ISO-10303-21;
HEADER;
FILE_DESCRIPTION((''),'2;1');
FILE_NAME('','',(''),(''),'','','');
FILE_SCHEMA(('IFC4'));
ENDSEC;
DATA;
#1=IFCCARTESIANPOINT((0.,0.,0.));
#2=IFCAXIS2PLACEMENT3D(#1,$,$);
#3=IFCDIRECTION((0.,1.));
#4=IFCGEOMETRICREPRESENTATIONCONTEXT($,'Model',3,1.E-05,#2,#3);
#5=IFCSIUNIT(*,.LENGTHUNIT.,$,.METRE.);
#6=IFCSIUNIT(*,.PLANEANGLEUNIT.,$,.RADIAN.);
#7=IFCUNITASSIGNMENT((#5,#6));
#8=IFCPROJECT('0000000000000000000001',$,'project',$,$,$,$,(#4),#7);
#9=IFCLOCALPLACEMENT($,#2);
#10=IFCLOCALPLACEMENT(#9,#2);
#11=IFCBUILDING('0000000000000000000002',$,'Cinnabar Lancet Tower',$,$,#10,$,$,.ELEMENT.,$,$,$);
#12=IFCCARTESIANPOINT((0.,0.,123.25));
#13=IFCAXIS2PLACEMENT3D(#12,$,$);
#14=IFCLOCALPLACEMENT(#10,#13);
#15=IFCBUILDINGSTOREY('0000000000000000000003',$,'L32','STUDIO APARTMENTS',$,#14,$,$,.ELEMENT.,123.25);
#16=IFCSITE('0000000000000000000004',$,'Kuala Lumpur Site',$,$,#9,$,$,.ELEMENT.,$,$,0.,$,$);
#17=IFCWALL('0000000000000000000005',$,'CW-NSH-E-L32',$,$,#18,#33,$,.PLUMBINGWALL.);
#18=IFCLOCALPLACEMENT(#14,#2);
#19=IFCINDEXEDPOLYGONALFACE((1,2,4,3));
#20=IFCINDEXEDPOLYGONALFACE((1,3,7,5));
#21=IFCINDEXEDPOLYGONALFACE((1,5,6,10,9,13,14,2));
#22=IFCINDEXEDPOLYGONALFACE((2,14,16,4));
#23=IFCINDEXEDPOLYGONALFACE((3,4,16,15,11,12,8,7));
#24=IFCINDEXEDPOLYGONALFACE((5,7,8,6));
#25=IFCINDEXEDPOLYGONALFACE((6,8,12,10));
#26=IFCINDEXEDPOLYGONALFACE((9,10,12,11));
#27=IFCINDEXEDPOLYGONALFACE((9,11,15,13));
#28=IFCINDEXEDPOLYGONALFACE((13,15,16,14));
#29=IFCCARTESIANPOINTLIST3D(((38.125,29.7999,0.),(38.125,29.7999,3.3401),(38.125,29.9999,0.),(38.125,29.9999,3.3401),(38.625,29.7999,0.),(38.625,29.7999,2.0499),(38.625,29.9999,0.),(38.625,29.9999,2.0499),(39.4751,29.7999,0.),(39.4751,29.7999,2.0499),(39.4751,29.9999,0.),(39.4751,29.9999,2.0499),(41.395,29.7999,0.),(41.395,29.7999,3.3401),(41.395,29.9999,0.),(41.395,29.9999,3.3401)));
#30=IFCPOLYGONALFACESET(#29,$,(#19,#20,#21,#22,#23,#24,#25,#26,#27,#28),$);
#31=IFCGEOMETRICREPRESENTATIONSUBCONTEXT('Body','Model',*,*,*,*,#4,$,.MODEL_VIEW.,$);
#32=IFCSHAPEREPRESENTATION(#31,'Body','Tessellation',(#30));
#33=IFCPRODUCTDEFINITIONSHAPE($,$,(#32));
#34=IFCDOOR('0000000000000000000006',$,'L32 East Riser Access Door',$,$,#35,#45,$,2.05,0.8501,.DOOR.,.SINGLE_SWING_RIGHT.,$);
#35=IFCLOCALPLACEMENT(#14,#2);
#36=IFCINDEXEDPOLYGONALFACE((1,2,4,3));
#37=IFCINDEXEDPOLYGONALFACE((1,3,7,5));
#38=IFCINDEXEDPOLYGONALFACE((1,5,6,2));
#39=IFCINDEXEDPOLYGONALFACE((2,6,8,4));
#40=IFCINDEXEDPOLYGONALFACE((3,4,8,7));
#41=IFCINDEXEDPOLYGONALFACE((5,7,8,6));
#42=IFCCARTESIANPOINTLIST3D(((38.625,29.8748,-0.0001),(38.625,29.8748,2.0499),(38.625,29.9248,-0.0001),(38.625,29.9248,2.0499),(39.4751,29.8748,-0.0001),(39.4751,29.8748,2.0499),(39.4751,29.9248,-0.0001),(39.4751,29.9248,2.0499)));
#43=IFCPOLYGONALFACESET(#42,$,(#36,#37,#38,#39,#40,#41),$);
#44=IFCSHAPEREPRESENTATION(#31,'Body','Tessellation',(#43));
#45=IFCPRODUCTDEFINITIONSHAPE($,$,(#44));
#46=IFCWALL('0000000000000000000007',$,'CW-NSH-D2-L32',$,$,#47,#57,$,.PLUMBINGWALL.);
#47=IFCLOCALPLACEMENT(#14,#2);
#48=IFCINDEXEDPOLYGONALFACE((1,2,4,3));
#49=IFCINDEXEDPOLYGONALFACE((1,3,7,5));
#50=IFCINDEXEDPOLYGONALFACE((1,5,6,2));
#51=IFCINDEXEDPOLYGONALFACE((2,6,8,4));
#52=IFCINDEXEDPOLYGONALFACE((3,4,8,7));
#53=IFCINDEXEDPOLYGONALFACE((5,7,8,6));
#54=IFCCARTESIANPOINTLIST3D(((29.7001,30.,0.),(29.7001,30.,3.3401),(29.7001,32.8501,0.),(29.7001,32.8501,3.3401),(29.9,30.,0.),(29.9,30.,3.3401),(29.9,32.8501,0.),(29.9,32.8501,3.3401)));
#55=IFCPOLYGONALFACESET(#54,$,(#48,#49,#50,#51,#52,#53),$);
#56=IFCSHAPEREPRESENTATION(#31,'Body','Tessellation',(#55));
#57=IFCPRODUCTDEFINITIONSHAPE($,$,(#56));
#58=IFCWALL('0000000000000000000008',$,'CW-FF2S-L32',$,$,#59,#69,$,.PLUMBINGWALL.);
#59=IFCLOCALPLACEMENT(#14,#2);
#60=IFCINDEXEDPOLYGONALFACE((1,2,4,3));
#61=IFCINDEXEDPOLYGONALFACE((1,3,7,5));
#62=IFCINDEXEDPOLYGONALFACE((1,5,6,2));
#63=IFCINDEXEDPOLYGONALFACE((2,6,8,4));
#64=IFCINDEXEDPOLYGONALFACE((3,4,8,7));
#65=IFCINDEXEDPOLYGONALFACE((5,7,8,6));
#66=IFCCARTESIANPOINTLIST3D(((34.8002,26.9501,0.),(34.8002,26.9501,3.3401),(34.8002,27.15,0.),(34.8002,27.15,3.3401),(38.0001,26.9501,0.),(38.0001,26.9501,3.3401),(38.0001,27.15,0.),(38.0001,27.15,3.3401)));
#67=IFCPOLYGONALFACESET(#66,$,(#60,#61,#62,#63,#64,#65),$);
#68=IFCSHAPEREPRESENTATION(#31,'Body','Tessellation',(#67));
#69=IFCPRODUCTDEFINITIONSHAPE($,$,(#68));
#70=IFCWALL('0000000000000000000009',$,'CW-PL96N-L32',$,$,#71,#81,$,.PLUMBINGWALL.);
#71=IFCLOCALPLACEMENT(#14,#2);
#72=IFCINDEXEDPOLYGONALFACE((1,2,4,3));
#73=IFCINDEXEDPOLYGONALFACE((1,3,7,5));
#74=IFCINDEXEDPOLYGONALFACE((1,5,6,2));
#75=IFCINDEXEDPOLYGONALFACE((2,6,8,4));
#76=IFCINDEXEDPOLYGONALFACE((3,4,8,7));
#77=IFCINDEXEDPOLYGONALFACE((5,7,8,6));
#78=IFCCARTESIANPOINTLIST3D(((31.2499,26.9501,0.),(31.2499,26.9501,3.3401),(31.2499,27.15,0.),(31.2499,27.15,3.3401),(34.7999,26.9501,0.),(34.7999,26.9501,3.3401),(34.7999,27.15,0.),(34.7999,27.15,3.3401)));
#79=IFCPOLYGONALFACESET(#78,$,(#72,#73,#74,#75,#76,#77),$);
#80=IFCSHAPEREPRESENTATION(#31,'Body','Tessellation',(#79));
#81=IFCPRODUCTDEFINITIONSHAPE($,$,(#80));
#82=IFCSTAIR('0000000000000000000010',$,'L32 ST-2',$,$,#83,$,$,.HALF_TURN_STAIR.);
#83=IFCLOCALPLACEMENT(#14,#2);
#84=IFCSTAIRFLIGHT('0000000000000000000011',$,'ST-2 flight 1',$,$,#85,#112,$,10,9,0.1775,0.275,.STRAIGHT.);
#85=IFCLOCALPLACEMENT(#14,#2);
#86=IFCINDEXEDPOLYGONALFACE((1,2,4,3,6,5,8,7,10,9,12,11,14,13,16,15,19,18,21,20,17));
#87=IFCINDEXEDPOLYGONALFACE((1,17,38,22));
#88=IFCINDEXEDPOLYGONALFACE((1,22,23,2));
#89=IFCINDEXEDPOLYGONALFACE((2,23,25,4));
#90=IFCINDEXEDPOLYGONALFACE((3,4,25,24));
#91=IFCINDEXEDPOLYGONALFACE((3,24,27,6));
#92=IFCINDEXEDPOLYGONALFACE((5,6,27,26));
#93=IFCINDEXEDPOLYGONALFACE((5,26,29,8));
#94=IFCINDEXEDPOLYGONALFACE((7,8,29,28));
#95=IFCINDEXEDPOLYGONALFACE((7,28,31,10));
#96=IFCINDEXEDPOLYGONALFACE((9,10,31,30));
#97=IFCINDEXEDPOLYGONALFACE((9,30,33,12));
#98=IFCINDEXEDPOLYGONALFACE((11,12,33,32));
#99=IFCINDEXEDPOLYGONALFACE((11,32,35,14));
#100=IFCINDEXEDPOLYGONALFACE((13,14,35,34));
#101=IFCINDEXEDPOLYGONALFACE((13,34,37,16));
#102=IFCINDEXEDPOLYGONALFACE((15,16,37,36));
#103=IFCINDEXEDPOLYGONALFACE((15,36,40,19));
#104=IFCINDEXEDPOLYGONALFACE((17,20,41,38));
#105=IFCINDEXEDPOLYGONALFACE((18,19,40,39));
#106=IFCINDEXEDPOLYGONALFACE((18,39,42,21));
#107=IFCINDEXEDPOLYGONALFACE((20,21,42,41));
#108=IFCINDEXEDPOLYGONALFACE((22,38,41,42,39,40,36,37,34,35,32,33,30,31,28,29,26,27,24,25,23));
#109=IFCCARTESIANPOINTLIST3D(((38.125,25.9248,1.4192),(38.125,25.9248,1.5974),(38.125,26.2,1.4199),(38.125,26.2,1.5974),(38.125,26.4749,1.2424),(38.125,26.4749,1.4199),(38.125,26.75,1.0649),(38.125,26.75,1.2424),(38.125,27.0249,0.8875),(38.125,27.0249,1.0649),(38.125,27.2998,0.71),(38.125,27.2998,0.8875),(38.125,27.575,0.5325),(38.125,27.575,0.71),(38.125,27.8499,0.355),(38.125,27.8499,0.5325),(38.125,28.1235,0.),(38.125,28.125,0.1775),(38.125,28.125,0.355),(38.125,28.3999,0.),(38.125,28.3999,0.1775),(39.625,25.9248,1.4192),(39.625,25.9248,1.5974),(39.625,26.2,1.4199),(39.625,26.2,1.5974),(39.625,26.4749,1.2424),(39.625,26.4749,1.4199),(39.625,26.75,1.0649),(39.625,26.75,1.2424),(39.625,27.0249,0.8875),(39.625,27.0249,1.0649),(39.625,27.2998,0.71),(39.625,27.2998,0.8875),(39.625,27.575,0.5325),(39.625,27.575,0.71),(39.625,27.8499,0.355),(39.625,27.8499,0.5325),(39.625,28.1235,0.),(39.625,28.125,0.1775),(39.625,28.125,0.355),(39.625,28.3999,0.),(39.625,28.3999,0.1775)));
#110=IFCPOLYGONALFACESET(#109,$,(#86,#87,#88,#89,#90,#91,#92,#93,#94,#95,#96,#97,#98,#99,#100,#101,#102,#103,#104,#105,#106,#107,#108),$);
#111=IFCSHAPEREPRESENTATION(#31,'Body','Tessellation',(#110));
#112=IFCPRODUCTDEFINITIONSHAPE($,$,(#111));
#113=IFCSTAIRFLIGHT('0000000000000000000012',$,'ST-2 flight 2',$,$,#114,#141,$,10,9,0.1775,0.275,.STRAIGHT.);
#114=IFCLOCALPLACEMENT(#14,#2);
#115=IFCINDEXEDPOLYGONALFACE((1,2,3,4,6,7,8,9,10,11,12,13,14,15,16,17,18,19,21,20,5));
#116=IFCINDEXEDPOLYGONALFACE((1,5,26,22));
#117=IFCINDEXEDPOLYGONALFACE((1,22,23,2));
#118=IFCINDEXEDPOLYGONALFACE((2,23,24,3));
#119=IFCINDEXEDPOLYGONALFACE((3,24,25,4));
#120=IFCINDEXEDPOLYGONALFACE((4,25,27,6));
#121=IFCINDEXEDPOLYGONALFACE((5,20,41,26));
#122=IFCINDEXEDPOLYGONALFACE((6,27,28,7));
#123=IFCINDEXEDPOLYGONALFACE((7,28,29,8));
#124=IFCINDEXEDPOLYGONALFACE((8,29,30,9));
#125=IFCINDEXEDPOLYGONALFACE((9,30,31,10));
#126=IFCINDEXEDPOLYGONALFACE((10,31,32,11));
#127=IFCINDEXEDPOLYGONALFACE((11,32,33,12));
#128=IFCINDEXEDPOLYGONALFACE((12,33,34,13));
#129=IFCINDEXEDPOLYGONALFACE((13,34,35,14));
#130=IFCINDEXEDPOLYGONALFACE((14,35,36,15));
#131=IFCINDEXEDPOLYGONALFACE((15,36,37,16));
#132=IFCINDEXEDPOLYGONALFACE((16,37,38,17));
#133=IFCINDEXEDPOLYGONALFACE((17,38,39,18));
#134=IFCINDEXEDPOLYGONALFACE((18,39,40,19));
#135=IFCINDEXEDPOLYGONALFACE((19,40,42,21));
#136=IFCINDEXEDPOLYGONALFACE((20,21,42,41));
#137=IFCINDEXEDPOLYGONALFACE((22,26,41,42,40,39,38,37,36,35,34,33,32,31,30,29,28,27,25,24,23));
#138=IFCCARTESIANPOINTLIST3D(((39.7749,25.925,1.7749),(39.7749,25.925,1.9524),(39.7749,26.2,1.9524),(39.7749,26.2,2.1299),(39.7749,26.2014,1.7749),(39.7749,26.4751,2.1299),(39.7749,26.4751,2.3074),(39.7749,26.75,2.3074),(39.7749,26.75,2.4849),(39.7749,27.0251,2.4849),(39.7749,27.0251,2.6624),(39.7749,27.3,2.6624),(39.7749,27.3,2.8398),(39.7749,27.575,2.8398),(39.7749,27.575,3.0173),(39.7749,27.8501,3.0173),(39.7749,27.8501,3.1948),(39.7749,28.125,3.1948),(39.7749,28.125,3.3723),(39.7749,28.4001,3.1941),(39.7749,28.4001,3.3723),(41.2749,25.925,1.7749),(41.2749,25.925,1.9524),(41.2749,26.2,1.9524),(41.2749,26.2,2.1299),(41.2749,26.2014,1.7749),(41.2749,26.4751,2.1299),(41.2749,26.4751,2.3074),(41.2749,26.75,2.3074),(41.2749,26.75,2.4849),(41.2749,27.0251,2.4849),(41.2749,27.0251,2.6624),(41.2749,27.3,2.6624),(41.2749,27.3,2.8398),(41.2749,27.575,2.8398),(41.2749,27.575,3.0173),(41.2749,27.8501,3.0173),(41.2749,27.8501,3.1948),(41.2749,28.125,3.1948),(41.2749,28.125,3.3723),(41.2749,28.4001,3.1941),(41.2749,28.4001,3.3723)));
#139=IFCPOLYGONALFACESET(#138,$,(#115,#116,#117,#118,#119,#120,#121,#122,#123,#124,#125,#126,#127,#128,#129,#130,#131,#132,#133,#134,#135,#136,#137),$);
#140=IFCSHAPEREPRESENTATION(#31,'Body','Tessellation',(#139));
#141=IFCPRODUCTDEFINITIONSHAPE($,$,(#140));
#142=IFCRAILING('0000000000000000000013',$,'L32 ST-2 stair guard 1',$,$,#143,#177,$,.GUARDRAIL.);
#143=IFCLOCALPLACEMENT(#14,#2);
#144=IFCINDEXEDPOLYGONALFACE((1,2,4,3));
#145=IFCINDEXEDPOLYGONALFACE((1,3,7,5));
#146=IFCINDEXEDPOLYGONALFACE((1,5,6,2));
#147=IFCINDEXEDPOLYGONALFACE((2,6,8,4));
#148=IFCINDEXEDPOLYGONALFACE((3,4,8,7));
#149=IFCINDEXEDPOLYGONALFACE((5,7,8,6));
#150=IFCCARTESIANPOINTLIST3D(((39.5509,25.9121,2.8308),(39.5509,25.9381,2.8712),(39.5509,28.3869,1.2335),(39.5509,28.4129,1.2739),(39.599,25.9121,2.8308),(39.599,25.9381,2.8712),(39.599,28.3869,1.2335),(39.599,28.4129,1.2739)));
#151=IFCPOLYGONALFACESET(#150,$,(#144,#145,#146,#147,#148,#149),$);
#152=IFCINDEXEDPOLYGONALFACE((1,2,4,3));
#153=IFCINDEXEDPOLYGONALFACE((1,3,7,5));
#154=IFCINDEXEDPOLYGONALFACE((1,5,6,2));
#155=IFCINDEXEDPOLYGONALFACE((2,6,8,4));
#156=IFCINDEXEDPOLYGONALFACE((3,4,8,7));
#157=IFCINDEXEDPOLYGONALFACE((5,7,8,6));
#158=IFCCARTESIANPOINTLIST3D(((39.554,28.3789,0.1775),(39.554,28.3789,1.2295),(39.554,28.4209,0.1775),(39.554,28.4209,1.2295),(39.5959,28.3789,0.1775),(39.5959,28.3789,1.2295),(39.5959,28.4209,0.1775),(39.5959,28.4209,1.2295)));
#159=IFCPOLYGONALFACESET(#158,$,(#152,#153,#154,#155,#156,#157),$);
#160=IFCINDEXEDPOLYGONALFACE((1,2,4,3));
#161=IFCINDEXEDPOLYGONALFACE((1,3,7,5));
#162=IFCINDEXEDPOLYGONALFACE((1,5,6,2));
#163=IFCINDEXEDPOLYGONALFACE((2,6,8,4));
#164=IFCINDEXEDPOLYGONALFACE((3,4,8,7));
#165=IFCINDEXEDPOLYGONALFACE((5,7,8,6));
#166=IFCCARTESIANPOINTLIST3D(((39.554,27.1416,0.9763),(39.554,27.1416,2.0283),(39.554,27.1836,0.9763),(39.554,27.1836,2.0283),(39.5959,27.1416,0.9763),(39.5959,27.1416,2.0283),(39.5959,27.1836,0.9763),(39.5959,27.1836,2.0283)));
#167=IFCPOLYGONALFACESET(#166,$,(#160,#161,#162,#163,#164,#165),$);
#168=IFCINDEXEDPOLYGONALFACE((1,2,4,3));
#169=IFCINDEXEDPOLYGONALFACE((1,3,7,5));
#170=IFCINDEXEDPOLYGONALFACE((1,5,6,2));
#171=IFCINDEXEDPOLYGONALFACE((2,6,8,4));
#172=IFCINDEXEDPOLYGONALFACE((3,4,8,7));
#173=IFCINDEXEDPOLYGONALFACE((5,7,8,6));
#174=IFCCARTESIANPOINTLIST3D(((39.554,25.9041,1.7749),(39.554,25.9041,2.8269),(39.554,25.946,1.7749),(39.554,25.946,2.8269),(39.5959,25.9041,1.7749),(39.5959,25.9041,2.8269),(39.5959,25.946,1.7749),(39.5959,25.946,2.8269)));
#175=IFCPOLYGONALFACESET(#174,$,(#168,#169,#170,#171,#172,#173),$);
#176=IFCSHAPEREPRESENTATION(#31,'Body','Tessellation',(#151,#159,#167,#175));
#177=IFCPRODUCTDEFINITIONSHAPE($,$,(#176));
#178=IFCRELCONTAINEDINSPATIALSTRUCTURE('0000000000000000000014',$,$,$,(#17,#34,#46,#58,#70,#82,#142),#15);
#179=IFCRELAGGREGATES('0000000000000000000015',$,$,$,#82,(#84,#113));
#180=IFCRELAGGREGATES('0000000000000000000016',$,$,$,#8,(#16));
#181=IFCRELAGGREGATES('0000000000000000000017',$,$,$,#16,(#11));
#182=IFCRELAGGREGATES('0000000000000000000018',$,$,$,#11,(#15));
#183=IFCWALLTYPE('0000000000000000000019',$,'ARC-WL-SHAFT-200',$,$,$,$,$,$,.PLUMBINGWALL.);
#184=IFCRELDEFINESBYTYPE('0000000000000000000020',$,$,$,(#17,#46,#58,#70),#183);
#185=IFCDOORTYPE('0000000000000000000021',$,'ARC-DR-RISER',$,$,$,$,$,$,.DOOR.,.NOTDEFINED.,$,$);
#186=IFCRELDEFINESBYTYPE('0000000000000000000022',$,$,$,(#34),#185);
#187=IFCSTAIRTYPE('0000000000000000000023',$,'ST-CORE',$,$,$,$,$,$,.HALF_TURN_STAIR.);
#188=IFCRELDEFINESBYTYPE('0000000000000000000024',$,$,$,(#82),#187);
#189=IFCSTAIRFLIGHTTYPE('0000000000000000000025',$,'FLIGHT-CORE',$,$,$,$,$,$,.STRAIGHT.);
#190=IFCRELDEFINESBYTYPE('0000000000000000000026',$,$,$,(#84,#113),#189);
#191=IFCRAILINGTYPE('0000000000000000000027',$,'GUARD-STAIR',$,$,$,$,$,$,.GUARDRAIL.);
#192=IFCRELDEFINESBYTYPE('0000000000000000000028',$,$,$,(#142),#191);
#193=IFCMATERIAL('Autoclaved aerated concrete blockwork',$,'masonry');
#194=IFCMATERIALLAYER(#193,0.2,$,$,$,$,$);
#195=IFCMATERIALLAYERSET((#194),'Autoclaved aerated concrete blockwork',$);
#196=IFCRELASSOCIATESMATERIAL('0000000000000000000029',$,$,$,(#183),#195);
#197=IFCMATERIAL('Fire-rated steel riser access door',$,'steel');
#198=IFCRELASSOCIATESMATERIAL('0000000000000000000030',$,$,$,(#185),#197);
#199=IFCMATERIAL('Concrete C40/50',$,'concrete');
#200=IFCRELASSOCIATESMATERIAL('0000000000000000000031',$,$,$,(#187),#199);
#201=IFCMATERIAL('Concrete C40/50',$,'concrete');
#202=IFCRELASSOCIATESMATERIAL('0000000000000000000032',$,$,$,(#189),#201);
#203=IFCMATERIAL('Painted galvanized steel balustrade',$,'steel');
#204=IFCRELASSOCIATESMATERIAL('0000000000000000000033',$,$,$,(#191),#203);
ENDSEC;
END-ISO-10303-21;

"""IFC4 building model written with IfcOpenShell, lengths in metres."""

from ifc_helpers import new_model, si_unit, direction, frame, frame_2d, origin, origin_2d, place, context, subcontext, project, spatial, polyline, rectangle, outline, extrude, material, layer, layer_set, type_object, element, fill, aggregate, save


model = new_model("IFC4")

# Units and contexts
model_context = context("Model", 3, precision=1e-05, world=origin(), true_north=direction((0.0, 1.0)))
body_context = subcontext(model_context, "Body", "Model", "MODEL_VIEW")
ifc_project = project(units=[si_unit("LENGTHUNIT", "METRE"), si_unit("PLANEANGLEUNIT", "RADIAN")], contexts=[model_context])

# Site, building, storey
site_placement = place(None, origin())
site = spatial("IfcSite", under=ifc_project, at=site_placement, Name="Kuala Lumpur Site", CompositionType="ELEMENT", RefElevation=0.0)
building_placement = place(site_placement, origin())
building = spatial("IfcBuilding", under=site, at=building_placement, Name="Cinnabar Lancet Tower", CompositionType="ELEMENT")
storey_placement = place(building_placement, frame((0.0, 0.0, 123.25)))
storey = spatial("IfcBuildingStorey", under=building, at=storey_placement, Name="L32", Description="STUDIO APARTMENTS", CompositionType="ELEMENT", Elevation=123.25)

# Shared definitions
ifc_material_1 = material(Name="Autoclaved aerated concrete blockwork", Category="masonry")
ifc_layer_1 = layer(ifc_material_1, 0.2)
ifc_layer_set_1 = layer_set([ifc_layer_1], Name="Autoclaved aerated concrete blockwork")
wall_type_1 = type_object("IfcWallType", Name="ARC-WL-SHAFT-200", PredefinedType="PLUMBINGWALL", material=ifc_layer_set_1)

# Wall, opening, door
wall_1_placement = place(storey_placement, frame((38.125, 29.8999, 0.0), z_axis=(0.0, 0.0, 1.0), x_axis=(1.0, 0.0, 0.0)))
wall_1 = element("IfcWall", 1, at=wall_1_placement, inside=storey, type_object=wall_type_1, Name="CW-NSH-E-L32", PredefinedType="PLUMBINGWALL", context=body_context, shape_type="SweptSolid", body=[
    extrude(rectangle(XDim=3.27, YDim=0.2, at=frame_2d((1.635, 0.0))), origin(), (0.0, 0.0, 1.0), 3.3401),
])
opening_1_placement = place(wall_1_placement, frame((0.5, 0.0, 0.0)))
opening_1 = element("IfcOpeningElement", 2, at=opening_1_placement, cuts=wall_1, PredefinedType="OPENING", context=body_context, shape_type="SweptSolid", body=[
    extrude(rectangle(XDim=0.8501, YDim=2.05, at=frame_2d((0.425, 1.0249))), frame((0.0, 0.1099, 0.0), z_axis=(0.0, -1.0, 0.0), x_axis=(1.0, 0.0, 0.0)), (0.0, 0.0, 1.0), 0.22),
])
ifc_material_2 = material(Name="Fire-rated steel riser access door", Category="steel")
door_type_1 = type_object("IfcDoorType", Name="ARC-DR-RISER", OperationType="NOTDEFINED", PredefinedType="DOOR", material=ifc_material_2)
door_1_placement = place(opening_1_placement, origin())
door_1 = element("IfcDoor", 3, at=door_1_placement, inside=storey, type_object=door_type_1, Name="L32 East Riser Access Door", OperationType="SINGLE_SWING_RIGHT", OverallHeight=2.05, OverallWidth=0.8501, PredefinedType="DOOR", context=body_context, shape_type="SweptSolid", body=[
    extrude(rectangle(XDim=0.8501, YDim=2.05, at=frame_2d((0.425, 1.0249))), frame((0.0, 0.0249, 0.0), z_axis=(0.0, -1.0, 0.0), x_axis=(1.0, 0.0, 0.0)), (0.0, 0.0, 1.0), 0.05),
])
fill(opening_1, door_1)

# Wall
wall_2_placement = place(storey_placement, frame((29.8, 30.0, 0.0), z_axis=(0.0, 0.0, 1.0), x_axis=(0.0, 1.0, 0.0)))
element("IfcWall", 4, at=wall_2_placement, inside=storey, type_object=wall_type_1, Name="CW-NSH-D2-L32", PredefinedType="PLUMBINGWALL", context=body_context, shape_type="SweptSolid", body=[
    extrude(rectangle(XDim=2.8501, YDim=0.2, at=frame_2d((1.425, 0.0))), origin(), (0.0, 0.0, 1.0), 3.3401),
])

# Walls
wall_3_placement = place(storey_placement, frame((34.8, 27.05, 0.0), z_axis=(0.0, 0.0, 1.0), x_axis=(1.0, 0.0, 0.0)))
element("IfcWall", 5, at=wall_3_placement, inside=storey, type_object=wall_type_1, Name="CW-FF2S-L32", PredefinedType="PLUMBINGWALL", context=body_context, shape_type="SweptSolid", body=[
    extrude(rectangle(XDim=3.2, YDim=0.2, at=frame_2d((1.6001, 0.0))), origin(), (0.0, 0.0, 1.0), 3.3401),
])
wall_4_placement = place(storey_placement, frame((31.25, 27.05, 0.0), z_axis=(0.0, 0.0, 1.0), x_axis=(1.0, 0.0, 0.0)))
element("IfcWall", 6, at=wall_4_placement, inside=storey, type_object=wall_type_1, Name="CW-PL96N-L32", PredefinedType="PLUMBINGWALL", context=body_context, shape_type="SweptSolid", body=[
    extrude(rectangle(XDim=3.55, YDim=0.2, at=frame_2d((1.7749, 0.0))), origin(), (0.0, 0.0, 1.0), 3.3401),
])

# Stair, stair flights
ifc_material_3 = material(Name="Concrete C40/50", Category="concrete")
stair_type = type_object("IfcStairType", Name="ST-CORE", PredefinedType="HALF_TURN_STAIR", material=ifc_material_3)
stair_placement = place(storey_placement, origin())
stair = element("IfcStair", 7, at=stair_placement, inside=storey, type_object=stair_type, Name="L32 ST-2", PredefinedType="HALF_TURN_STAIR")
ifc_material_4 = material(Name="Concrete C40/50", Category="concrete")
stair_flight_type = type_object("IfcStairFlightType", Name="FLIGHT-CORE", PredefinedType="STRAIGHT", material=ifc_material_4)
stair_flight_1_placement = place(storey_placement, frame((38.875, 28.3999, 0.0), z_axis=(0.0, 0.0, 1.0), x_axis=(0.0, -1.0, 0.0)))
stair_flight_1 = element("IfcStairFlight", 8, at=stair_flight_1_placement, type_object=stair_flight_type, Name="ST-2 flight 1", NumberOfRisers=10, NumberOfTreads=9, PredefinedType="STRAIGHT", RiserHeight=0.1775, TreadLength=0.275, context=body_context, shape_type="SweptSolid", body=[
    extrude(outline(polyline([(0.0, 0.0), (0.0, 0.1775), (0.2749, 0.1775), (0.2749, 0.355), (0.55, 0.355), (0.55, 0.5325), (0.825, 0.5325), (0.825, 0.71), (1.1001, 0.71), (1.1001, 0.8875), (1.375, 0.8875), (1.375, 1.0649), (1.6499, 1.0649), (1.6499, 1.2424), (1.925, 1.2424), (1.925, 1.4199), (2.2, 1.4199), (2.2, 1.5974), (2.4751, 1.5974), (2.4751, 1.7749), (2.4751, 1.4192), (0.2764, 0.0), (0.0, 0.0)])), frame((0.0, 0.75, 0.0), z_axis=(0.0, -1.0, 0.0), x_axis=(1.0, 0.0, 0.0)), (0.0, 0.0, 1.0), 1.5),
])
stair_flight_2_placement = place(storey_placement, frame((40.5249, 25.925, 1.7749), z_axis=(0.0, 0.0, 1.0), x_axis=(0.0, 1.0, 0.0)))
stair_flight_2 = element("IfcStairFlight", 9, at=stair_flight_2_placement, type_object=stair_flight_type, Name="ST-2 flight 2", NumberOfRisers=10, NumberOfTreads=9, PredefinedType="STRAIGHT", RiserHeight=0.1775, TreadLength=0.275, context=body_context, shape_type="SweptSolid", body=[
    extrude(outline(polyline([(0.0, 0.0), (0.0, 0.1775), (0.2749, 0.1775), (0.2749, 0.355), (0.55, 0.355), (0.55, 0.5325), (0.825, 0.5325), (0.825, 0.71), (1.1001, 0.71), (1.1001, 0.8875), (1.375, 0.8875), (1.375, 1.0649), (1.6499, 1.0649), (1.6499, 1.2424), (1.925, 1.2424), (1.925, 1.4199), (2.2, 1.4199), (2.2, 1.5974), (2.4751, 1.5974), (2.4751, 1.7749), (2.4751, 1.4192), (0.2764, 0.0), (0.0, 0.0)])), frame((0.0, 0.75, 0.0), z_axis=(0.0, -1.0, 0.0), x_axis=(1.0, 0.0, 0.0)), (0.0, 0.0, 1.0), 1.5),
])
aggregate(stair, [stair_flight_1, stair_flight_2])

# Railing
ifc_material_5 = material(Name="Painted galvanized steel balustrade", Category="steel")
railing_type_1 = type_object("IfcRailingType", Name="GUARD-STAIR", PredefinedType="GUARDRAIL", material=ifc_material_5)
railing_1_placement = place(storey_placement, frame((39.575, 28.3999, 0.1775)))
element("IfcRailing", 10, at=railing_1_placement, inside=storey, type_object=railing_type_1, Name="L32 ST-2 stair guard 1", PredefinedType="GUARDRAIL", context=body_context, shape_type="SweptSolid", body=[
    extrude(rectangle(XDim=0.0481, YDim=0.0481, at=origin_2d()), frame((0.0, 0.0, 1.0762), z_axis=(0.0, -0.840183, 0.542302), x_axis=(1.0, 0.0, 0.0)), (0.0, 0.0, 1.0), 2.9456),
    extrude(rectangle(XDim=0.042, YDim=0.042, at=origin_2d()), origin(), (0.0, 0.0, 1.0), 1.052),
    extrude(rectangle(XDim=0.042, YDim=0.042, at=origin_2d()), frame((0.0, -1.2373, 0.7988)), (0.0, 0.0, 1.0), 1.052),
    extrude(rectangle(XDim=0.042, YDim=0.042, at=origin_2d()), frame((0.0, -2.4749, 1.5974)), (0.0, 0.0, 1.0), 1.052),
])

save(model, "model.ifc")
